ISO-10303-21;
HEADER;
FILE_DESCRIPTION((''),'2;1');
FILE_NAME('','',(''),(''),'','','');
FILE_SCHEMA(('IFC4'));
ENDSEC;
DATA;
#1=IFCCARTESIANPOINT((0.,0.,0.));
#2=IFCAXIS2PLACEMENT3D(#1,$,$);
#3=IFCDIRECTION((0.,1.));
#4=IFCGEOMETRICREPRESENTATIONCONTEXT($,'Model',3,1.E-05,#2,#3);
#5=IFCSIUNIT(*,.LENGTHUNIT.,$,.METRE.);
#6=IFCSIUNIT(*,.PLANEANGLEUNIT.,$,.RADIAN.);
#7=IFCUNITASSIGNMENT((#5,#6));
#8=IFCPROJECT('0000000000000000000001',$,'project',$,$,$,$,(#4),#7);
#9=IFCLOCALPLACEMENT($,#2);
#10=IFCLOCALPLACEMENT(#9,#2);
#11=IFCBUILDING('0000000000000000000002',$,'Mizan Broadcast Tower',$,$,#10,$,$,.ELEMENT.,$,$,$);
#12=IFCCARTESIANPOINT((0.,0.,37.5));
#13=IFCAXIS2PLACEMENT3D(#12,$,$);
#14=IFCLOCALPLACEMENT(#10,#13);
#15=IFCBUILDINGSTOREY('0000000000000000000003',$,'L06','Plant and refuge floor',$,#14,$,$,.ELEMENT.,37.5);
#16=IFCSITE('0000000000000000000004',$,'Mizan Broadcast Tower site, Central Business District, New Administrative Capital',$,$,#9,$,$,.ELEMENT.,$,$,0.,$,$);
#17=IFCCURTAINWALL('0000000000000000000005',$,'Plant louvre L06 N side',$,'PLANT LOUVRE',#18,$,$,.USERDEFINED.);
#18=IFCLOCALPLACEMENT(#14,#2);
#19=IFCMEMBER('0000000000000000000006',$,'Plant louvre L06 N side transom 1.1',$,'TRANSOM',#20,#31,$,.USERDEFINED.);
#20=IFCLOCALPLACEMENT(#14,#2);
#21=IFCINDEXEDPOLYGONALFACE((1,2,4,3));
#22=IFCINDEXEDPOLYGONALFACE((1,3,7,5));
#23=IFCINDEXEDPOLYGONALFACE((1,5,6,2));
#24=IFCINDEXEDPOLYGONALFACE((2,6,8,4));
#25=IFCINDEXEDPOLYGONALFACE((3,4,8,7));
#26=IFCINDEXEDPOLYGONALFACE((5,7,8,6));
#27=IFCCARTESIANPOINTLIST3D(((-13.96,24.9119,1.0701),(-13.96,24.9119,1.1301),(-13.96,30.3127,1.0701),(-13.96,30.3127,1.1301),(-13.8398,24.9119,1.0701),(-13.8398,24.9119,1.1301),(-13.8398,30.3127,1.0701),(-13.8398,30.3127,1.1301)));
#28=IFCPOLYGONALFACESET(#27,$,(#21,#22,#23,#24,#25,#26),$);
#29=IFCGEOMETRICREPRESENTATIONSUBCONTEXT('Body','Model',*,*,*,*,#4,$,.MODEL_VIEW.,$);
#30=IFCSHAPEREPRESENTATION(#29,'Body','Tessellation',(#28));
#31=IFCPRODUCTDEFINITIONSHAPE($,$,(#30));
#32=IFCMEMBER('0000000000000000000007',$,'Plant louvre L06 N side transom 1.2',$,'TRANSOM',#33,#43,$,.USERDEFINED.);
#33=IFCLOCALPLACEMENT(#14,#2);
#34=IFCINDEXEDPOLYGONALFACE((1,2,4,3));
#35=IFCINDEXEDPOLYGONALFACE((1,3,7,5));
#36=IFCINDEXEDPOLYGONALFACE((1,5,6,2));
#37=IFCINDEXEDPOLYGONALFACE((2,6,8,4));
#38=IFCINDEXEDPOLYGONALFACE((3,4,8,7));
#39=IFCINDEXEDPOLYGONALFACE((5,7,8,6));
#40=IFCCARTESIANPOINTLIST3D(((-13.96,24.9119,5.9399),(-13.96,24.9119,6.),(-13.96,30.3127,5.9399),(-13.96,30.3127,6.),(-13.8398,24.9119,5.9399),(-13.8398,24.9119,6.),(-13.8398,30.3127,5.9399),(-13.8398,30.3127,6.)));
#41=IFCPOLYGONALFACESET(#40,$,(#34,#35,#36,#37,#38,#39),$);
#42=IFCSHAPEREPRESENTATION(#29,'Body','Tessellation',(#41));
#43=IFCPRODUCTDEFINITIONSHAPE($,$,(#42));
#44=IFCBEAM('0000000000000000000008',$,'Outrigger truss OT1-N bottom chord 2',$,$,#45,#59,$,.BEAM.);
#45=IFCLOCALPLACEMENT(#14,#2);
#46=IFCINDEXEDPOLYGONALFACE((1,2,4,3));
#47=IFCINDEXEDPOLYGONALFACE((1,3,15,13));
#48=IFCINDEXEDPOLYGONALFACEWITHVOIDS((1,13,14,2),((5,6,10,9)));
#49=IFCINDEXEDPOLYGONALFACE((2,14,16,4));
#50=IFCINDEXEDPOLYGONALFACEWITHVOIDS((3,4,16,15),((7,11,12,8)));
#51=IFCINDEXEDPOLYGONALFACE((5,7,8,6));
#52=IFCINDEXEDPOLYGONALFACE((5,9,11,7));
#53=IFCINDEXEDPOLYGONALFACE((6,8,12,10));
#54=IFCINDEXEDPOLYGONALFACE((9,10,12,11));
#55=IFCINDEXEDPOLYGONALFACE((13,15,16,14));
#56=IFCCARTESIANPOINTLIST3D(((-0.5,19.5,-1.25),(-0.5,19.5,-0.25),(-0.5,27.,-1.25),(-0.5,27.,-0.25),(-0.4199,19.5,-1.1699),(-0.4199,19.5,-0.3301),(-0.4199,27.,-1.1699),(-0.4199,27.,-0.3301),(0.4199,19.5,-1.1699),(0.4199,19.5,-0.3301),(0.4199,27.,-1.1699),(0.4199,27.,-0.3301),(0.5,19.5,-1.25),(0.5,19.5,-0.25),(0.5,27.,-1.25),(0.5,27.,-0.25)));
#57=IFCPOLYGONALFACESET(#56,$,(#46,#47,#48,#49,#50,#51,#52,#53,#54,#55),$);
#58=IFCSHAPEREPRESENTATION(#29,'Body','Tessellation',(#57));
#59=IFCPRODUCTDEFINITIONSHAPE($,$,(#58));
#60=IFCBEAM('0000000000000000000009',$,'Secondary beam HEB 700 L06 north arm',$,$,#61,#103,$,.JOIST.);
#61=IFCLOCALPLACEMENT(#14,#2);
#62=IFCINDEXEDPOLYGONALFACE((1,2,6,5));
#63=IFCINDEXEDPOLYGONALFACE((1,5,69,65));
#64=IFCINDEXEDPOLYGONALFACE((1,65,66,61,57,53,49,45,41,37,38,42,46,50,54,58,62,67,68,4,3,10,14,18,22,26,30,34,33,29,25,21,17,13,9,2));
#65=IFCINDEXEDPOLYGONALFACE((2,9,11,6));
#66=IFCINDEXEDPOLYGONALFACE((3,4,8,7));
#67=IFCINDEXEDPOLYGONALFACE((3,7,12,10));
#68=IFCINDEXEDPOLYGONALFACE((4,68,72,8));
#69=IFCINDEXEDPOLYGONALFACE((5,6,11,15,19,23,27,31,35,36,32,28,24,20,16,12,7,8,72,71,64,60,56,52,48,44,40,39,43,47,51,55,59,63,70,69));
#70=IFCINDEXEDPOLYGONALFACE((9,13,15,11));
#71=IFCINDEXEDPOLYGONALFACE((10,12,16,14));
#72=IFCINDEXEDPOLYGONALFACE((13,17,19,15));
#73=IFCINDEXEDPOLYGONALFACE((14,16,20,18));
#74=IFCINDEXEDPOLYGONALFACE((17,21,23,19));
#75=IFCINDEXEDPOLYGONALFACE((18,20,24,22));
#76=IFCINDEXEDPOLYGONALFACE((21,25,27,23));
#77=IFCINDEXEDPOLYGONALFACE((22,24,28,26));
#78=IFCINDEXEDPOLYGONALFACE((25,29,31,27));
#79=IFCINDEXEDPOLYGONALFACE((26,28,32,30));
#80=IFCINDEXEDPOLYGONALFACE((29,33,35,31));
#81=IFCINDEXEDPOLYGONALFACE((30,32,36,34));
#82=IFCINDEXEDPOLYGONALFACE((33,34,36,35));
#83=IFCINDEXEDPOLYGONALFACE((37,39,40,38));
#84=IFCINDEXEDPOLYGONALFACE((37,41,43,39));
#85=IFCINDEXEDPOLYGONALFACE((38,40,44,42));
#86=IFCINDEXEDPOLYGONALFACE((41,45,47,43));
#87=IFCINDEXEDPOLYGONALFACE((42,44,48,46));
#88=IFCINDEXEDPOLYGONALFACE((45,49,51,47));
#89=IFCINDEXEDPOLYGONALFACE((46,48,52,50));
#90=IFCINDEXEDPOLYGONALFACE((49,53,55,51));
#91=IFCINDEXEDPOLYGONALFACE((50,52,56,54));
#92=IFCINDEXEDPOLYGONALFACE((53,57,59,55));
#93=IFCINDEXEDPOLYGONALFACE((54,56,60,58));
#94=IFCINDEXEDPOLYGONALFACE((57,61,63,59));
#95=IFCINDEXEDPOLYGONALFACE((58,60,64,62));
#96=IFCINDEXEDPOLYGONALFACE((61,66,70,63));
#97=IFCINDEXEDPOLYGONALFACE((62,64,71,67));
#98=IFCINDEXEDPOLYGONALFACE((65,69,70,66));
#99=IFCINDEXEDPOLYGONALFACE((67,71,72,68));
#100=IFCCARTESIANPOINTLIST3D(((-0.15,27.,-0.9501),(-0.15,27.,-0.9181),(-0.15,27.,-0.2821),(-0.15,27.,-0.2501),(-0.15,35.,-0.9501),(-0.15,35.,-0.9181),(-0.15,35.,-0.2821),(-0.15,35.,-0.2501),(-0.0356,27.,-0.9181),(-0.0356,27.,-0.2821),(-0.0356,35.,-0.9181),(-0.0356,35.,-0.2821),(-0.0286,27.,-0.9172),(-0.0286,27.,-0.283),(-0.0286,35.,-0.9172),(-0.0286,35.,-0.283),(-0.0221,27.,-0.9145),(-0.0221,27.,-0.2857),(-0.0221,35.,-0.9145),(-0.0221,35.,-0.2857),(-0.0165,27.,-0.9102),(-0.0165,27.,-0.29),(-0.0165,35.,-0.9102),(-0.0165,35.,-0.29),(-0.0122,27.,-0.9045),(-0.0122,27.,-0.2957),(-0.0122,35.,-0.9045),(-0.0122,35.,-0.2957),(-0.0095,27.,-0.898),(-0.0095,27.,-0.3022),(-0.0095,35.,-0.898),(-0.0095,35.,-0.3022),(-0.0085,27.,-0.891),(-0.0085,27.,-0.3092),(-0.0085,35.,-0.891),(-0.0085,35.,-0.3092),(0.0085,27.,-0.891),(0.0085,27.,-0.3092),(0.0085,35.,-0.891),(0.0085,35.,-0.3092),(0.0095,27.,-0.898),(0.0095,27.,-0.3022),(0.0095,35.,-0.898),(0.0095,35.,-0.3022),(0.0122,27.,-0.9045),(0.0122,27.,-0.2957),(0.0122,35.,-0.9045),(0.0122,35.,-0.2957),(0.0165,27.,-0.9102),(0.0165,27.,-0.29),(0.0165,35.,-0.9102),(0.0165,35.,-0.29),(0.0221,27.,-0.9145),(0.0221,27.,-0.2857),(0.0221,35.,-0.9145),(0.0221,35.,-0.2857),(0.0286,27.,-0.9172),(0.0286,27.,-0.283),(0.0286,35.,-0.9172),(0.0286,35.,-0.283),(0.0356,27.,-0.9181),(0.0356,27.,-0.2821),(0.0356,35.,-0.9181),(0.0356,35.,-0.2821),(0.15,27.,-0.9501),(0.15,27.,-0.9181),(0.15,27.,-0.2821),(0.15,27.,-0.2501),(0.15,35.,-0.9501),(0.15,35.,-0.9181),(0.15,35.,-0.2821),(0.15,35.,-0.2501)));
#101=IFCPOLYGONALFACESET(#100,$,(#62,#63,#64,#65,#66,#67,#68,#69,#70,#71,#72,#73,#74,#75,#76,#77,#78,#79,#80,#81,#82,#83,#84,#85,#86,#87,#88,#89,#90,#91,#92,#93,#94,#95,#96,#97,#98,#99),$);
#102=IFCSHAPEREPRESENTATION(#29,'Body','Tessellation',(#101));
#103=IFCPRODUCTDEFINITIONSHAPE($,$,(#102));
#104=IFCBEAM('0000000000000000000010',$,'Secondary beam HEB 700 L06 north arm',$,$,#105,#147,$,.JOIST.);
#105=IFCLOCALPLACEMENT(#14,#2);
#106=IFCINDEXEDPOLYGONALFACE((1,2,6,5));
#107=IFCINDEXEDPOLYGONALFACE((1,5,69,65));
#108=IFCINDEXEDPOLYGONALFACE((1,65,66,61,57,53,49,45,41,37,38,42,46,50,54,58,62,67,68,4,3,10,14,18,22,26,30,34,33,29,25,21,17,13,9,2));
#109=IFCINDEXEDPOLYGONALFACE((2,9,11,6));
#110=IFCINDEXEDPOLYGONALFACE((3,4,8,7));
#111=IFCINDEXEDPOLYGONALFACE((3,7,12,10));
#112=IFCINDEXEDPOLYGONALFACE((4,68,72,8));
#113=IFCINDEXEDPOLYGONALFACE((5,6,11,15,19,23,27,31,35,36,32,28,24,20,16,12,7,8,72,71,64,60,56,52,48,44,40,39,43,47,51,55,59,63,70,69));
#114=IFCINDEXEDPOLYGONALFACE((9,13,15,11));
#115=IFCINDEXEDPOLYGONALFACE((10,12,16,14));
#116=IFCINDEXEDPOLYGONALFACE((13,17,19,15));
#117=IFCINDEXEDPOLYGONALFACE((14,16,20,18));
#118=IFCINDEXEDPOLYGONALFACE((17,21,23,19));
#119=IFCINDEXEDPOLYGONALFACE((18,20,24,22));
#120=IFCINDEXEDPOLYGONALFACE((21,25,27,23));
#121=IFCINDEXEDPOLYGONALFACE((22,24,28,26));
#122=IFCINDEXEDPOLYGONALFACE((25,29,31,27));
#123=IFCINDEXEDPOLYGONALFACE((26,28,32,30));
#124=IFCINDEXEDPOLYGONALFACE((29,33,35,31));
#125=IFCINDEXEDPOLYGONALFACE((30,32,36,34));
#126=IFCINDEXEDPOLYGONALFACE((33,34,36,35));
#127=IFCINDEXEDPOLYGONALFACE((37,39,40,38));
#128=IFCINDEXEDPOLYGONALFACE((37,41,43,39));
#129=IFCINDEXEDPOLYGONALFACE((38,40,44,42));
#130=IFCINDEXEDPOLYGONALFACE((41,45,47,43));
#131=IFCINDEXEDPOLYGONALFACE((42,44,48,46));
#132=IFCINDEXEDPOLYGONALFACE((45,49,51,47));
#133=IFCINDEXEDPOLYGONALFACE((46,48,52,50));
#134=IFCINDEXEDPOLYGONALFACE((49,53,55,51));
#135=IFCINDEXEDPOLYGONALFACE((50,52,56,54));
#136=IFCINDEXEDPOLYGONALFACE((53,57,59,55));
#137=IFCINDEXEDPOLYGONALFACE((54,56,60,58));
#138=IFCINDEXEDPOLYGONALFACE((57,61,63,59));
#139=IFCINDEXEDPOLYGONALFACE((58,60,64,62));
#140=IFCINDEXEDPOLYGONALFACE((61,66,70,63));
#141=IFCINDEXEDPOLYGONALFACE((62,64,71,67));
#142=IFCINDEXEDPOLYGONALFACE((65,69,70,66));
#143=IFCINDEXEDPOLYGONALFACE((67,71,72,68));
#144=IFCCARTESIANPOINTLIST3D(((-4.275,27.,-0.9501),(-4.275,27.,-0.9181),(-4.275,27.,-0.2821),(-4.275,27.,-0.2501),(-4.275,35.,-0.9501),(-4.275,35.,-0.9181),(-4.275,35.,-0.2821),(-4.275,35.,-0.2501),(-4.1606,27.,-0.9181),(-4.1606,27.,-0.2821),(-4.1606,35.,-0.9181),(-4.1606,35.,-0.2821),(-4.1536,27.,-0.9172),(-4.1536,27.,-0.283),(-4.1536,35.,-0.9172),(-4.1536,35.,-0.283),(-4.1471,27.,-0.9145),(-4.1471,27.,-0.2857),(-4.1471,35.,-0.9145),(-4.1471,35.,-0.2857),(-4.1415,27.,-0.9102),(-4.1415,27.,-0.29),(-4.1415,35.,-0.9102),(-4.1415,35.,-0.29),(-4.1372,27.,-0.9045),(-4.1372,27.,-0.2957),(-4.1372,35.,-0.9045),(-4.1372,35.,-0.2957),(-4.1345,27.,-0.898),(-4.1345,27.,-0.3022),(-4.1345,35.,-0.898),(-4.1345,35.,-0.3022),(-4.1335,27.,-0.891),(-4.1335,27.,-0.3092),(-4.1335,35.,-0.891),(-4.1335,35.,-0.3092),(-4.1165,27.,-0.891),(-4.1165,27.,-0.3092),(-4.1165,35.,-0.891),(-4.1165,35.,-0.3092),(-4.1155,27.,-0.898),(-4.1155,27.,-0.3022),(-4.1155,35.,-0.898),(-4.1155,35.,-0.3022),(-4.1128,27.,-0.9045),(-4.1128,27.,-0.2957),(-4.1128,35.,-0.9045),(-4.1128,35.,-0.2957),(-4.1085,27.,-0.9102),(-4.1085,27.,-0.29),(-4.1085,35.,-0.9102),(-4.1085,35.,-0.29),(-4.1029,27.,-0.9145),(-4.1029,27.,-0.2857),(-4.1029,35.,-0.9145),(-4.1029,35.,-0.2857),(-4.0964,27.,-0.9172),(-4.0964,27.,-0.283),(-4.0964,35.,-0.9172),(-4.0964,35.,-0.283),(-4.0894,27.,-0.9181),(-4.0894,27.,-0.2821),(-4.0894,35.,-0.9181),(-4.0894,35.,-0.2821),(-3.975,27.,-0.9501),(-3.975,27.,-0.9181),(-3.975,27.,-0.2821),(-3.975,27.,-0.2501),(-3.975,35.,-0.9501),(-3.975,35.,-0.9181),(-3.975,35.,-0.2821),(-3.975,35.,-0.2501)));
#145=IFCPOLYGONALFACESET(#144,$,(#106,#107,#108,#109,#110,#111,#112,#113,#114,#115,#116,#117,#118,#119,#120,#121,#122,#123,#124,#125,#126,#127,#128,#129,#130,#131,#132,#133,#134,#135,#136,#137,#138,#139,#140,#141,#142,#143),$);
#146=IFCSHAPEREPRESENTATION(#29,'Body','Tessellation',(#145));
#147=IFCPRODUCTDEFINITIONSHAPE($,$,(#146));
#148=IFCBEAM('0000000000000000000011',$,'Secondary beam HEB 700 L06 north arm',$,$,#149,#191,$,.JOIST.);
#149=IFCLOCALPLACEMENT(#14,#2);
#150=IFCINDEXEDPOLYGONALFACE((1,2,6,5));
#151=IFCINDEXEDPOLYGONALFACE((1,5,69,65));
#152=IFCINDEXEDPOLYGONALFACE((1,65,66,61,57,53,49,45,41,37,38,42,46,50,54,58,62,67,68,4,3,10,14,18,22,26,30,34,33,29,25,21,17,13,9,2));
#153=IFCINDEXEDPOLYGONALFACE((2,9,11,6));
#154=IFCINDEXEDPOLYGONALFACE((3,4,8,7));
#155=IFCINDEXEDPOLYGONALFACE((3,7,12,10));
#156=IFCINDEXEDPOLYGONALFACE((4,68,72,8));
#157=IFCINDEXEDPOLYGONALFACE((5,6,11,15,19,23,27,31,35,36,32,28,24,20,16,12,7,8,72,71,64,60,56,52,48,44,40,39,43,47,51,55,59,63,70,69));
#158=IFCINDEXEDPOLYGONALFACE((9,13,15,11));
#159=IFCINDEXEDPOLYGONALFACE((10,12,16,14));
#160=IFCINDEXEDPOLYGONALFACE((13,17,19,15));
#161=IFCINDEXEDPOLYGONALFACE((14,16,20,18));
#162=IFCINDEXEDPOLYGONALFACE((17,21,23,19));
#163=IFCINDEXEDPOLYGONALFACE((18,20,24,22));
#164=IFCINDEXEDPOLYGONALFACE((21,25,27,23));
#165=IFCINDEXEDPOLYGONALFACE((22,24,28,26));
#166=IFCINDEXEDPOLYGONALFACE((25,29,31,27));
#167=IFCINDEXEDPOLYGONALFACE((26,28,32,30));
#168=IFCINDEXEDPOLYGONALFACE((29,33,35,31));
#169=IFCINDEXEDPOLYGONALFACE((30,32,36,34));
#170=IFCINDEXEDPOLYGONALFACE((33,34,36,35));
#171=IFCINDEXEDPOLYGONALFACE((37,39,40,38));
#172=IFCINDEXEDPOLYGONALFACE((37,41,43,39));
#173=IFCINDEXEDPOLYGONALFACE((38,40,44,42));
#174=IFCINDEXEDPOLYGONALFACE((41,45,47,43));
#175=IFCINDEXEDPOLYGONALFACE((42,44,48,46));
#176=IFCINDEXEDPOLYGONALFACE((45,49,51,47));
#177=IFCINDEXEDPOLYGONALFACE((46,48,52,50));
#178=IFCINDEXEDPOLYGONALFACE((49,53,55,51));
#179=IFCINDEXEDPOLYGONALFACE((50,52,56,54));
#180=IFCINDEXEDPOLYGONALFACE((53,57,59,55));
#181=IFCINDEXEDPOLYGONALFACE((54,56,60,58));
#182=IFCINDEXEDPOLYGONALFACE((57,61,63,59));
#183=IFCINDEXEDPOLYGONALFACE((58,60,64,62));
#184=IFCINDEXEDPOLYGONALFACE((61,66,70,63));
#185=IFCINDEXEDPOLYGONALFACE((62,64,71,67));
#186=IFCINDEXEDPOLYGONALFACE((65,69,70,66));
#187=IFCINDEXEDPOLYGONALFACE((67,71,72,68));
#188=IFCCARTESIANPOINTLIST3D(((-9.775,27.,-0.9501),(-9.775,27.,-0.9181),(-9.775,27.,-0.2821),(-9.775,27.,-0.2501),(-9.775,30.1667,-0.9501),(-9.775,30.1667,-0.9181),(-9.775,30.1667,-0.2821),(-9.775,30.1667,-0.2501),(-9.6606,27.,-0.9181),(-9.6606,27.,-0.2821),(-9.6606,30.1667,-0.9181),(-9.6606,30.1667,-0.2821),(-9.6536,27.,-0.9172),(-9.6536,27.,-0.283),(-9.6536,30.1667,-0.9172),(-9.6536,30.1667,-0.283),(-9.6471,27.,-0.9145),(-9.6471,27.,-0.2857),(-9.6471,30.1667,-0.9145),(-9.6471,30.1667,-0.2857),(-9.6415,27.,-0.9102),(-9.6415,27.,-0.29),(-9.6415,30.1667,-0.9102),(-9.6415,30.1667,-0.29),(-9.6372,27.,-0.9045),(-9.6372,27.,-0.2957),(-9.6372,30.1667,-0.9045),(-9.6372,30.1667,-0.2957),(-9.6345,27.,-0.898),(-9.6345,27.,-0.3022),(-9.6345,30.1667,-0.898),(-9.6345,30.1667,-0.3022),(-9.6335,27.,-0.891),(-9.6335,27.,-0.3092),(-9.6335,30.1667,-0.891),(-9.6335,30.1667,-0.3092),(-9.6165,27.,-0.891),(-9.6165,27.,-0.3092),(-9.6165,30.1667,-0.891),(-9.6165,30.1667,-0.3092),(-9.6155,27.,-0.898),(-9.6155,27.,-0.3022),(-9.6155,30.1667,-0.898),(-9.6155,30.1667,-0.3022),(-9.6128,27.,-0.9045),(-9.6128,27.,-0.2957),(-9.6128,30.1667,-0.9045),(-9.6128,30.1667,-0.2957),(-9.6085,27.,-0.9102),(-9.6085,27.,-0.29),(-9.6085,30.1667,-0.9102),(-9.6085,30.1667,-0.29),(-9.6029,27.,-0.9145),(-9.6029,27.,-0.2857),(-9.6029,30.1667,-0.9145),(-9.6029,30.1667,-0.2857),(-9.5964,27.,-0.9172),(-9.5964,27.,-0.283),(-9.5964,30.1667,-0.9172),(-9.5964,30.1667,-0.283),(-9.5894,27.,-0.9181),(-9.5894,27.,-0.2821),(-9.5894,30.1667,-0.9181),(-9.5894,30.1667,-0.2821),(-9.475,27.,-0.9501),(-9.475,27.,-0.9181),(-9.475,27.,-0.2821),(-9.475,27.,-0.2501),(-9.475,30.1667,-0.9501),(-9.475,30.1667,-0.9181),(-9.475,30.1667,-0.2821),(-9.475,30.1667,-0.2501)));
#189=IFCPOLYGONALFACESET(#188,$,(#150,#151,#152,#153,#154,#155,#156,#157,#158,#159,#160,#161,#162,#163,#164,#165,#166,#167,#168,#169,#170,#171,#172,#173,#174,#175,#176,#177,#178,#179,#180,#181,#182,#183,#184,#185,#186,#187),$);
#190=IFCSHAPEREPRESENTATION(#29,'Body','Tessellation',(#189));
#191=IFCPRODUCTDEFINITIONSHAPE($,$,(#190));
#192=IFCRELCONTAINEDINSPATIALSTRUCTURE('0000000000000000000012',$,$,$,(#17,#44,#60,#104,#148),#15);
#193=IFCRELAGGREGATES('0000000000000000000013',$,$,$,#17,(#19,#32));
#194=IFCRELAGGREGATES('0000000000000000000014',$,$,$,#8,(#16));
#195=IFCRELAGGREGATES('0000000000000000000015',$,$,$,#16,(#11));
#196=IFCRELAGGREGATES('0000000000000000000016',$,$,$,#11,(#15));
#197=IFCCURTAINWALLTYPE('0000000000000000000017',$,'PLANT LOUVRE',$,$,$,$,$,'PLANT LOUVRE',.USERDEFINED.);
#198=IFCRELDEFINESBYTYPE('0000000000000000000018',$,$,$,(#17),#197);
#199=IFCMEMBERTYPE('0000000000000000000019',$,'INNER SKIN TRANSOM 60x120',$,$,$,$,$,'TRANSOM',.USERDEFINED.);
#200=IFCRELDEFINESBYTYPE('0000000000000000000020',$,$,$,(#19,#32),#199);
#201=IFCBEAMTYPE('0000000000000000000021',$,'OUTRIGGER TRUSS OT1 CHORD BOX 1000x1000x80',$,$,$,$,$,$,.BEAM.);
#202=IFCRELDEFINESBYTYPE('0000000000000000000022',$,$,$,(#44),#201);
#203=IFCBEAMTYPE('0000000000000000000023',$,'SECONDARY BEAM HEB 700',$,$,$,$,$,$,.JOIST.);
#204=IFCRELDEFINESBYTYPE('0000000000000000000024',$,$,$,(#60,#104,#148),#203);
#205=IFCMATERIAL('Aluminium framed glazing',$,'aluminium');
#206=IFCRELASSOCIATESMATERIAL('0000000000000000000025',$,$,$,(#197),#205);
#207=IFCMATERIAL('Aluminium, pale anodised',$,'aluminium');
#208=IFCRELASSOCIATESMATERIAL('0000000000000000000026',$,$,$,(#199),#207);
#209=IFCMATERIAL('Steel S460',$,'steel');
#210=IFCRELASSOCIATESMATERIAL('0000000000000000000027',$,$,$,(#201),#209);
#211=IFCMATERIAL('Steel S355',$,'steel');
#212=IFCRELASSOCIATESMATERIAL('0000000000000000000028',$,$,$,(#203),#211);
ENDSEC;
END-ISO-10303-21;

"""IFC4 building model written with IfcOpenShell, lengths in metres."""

from ifc_helpers import new_model, si_unit, direction, frame, origin, origin_2d, place, context, subcontext, project, spatial, rectangle, hollow_rectangle, i_section, extrude, material, material_profile, profile_set, type_object, element, aggregate, save


model = new_model("IFC4")

# Units and contexts
model_context = context("Model", 3, precision=1e-05, world=origin(), true_north=direction((0.0, 1.0)))
body_context = subcontext(model_context, "Body", "Model", "MODEL_VIEW")
ifc_project = project(units=[si_unit("LENGTHUNIT", "METRE"), si_unit("PLANEANGLEUNIT", "RADIAN")], contexts=[model_context])

# Site, building, storey
site_placement = place(None, origin())
site = spatial("IfcSite", under=ifc_project, at=site_placement, Name="Mizan Broadcast Tower site, Central Business District, New Administrative Capital", CompositionType="ELEMENT", RefElevation=0.0)
building_placement = place(site_placement, origin())
building = spatial("IfcBuilding", under=site, at=building_placement, Name="Mizan Broadcast Tower", CompositionType="ELEMENT")
storey_placement = place(building_placement, frame((0.0, 0.0, 37.5)))
storey = spatial("IfcBuildingStorey", under=building, at=storey_placement, Name="L06", Description="Plant and refuge floor", CompositionType="ELEMENT", Elevation=37.5)

# Shared definitions
ifc_material_1 = material(Name="Aluminium framed glazing", Category="aluminium")
curtain_wall_type = type_object("IfcCurtainWallType", Name="PLANT LOUVRE", ElementType="PLANT LOUVRE", PredefinedType="USERDEFINED", material=ifc_material_1)

# Shared definitions
ifc_material_2 = material(Name="Aluminium, pale anodised", Category="aluminium")
ifc_material_profile_1 = material_profile(ifc_material_2, rectangle(XDim=0.1201, YDim=0.0601, at=origin_2d()), Name="TRANSOM 120x60")
ifc_profile_set_1 = profile_set([ifc_material_profile_1], Name="Aluminium, pale anodised")
member_type_1 = type_object("IfcMemberType", Name="INNER SKIN TRANSOM 60x120", ElementType="TRANSOM", PredefinedType="USERDEFINED", material=ifc_profile_set_1)

# Curtain wall, members
curtain_wall_1_placement = place(storey_placement, origin())
curtain_wall_1 = element("IfcCurtainWall", 1, at=curtain_wall_1_placement, inside=storey, type_object=curtain_wall_type, Name="Plant louvre L06 N side", ObjectType="PLANT LOUVRE", PredefinedType="USERDEFINED")
member_1_placement = place(storey_placement, frame((-13.8999, 30.3127, 1.1001), z_axis=(0.0, -1.0, 0.0), x_axis=(1.0, 0.0, 0.0)))
member_1 = element("IfcMember", 2, at=member_1_placement, type_object=member_type_1, Name="Plant louvre L06 N side transom 1.1", ObjectType="TRANSOM", PredefinedType="USERDEFINED", context=body_context, shape_type="SweptSolid", body=[
    extrude(rectangle(XDim=0.1201, YDim=0.0601, at=origin_2d()), origin(), (0.0, 0.0, 1.0), 5.4009),
])
member_2_placement = place(storey_placement, frame((-13.8999, 30.3127, 5.97), z_axis=(0.0, -1.0, 0.0), x_axis=(1.0, 0.0, 0.0)))
member_2 = element("IfcMember", 3, at=member_2_placement, type_object=member_type_1, Name="Plant louvre L06 N side transom 1.2", ObjectType="TRANSOM", PredefinedType="USERDEFINED", context=body_context, shape_type="SweptSolid", body=[
    extrude(rectangle(XDim=0.1201, YDim=0.0601, at=origin_2d()), origin(), (0.0, 0.0, 1.0), 5.4009),
])
aggregate(curtain_wall_1, [member_1, member_2])

# Beams
ifc_material_3 = material(Name="Steel S460", Category="steel")
ifc_material_profile_2 = material_profile(ifc_material_3, hollow_rectangle(XDim=1.0, YDim=1.0, WallThickness=0.0801, at=origin_2d()), Name="BOX 1000x1000x80")
ifc_profile_set_2 = profile_set([ifc_material_profile_2], Name="Steel S460")
beam_type_1 = type_object("IfcBeamType", Name="OUTRIGGER TRUSS OT1 CHORD BOX 1000x1000x80", PredefinedType="BEAM", material=ifc_profile_set_2)
beam_1_placement = place(storey_placement, frame((0.0, 19.5, -0.75), z_axis=(0.0, 1.0, 0.0), x_axis=(-1.0, 0.0, 0.0)))
element("IfcBeam", 4, at=beam_1_placement, inside=storey, type_object=beam_type_1, Name="Outrigger truss OT1-N bottom chord 2", PredefinedType="BEAM", context=body_context, shape_type="SweptSolid", body=[
    extrude(hollow_rectangle(XDim=1.0, YDim=1.0, WallThickness=0.0801, at=origin_2d()), origin(), (0.0, 0.0, 1.0), 7.5),
])
ifc_material_4 = material(Name="Steel S355", Category="steel")
ifc_material_profile_3 = material_profile(ifc_material_4, i_section(OverallWidth=0.3, OverallDepth=0.7, WebThickness=0.0171, FlangeThickness=0.032, FilletRadius=0.0271, at=origin_2d()), Name="HEB 700")
ifc_profile_set_3 = profile_set([ifc_material_profile_3], Name="Steel S355")
beam_type_2 = type_object("IfcBeamType", Name="SECONDARY BEAM HEB 700", PredefinedType="JOIST", material=ifc_profile_set_3)
for number, where, z_axis, x_axis, name in (
    (5, (0.0, 27.0, -0.6001), (0.0, 1.0, 0.0), (-1.0, 0.0, 0.0), "Secondary beam HEB 700 L06 north arm"),
    (6, (-4.125, 27.0, -0.6001), (0.0, 1.0, 0.0), (-1.0, 0.0, 0.0), "Secondary beam HEB 700 L06 north arm"),
):
    element("IfcBeam", number, at=place(storey_placement, frame(where, z_axis=z_axis, x_axis=x_axis)), inside=storey, type_object=beam_type_2, Name=name, PredefinedType="JOIST", context=body_context, shape_type="SweptSolid", body=[
        extrude(i_section(OverallWidth=0.3, OverallDepth=0.7, WebThickness=0.0171, FlangeThickness=0.032, FilletRadius=0.0271, at=origin_2d()), origin(), (0.0, 0.0, 1.0), 8.0),
    ])
beam_2_placement = place(storey_placement, frame((-9.625, 27.0, -0.6001), z_axis=(0.0, 1.0, 0.0), x_axis=(-1.0, 0.0, 0.0)))
element("IfcBeam", 7, at=beam_2_placement, inside=storey, type_object=beam_type_2, Name="Secondary beam HEB 700 L06 north arm", PredefinedType="JOIST", context=body_context, shape_type="SweptSolid", body=[
    extrude(i_section(OverallWidth=0.3, OverallDepth=0.7, WebThickness=0.0171, FlangeThickness=0.032, FilletRadius=0.0271, at=origin_2d()), origin(), (0.0, 0.0, 1.0), 3.1667),
])

save(model, "model.ifc")
